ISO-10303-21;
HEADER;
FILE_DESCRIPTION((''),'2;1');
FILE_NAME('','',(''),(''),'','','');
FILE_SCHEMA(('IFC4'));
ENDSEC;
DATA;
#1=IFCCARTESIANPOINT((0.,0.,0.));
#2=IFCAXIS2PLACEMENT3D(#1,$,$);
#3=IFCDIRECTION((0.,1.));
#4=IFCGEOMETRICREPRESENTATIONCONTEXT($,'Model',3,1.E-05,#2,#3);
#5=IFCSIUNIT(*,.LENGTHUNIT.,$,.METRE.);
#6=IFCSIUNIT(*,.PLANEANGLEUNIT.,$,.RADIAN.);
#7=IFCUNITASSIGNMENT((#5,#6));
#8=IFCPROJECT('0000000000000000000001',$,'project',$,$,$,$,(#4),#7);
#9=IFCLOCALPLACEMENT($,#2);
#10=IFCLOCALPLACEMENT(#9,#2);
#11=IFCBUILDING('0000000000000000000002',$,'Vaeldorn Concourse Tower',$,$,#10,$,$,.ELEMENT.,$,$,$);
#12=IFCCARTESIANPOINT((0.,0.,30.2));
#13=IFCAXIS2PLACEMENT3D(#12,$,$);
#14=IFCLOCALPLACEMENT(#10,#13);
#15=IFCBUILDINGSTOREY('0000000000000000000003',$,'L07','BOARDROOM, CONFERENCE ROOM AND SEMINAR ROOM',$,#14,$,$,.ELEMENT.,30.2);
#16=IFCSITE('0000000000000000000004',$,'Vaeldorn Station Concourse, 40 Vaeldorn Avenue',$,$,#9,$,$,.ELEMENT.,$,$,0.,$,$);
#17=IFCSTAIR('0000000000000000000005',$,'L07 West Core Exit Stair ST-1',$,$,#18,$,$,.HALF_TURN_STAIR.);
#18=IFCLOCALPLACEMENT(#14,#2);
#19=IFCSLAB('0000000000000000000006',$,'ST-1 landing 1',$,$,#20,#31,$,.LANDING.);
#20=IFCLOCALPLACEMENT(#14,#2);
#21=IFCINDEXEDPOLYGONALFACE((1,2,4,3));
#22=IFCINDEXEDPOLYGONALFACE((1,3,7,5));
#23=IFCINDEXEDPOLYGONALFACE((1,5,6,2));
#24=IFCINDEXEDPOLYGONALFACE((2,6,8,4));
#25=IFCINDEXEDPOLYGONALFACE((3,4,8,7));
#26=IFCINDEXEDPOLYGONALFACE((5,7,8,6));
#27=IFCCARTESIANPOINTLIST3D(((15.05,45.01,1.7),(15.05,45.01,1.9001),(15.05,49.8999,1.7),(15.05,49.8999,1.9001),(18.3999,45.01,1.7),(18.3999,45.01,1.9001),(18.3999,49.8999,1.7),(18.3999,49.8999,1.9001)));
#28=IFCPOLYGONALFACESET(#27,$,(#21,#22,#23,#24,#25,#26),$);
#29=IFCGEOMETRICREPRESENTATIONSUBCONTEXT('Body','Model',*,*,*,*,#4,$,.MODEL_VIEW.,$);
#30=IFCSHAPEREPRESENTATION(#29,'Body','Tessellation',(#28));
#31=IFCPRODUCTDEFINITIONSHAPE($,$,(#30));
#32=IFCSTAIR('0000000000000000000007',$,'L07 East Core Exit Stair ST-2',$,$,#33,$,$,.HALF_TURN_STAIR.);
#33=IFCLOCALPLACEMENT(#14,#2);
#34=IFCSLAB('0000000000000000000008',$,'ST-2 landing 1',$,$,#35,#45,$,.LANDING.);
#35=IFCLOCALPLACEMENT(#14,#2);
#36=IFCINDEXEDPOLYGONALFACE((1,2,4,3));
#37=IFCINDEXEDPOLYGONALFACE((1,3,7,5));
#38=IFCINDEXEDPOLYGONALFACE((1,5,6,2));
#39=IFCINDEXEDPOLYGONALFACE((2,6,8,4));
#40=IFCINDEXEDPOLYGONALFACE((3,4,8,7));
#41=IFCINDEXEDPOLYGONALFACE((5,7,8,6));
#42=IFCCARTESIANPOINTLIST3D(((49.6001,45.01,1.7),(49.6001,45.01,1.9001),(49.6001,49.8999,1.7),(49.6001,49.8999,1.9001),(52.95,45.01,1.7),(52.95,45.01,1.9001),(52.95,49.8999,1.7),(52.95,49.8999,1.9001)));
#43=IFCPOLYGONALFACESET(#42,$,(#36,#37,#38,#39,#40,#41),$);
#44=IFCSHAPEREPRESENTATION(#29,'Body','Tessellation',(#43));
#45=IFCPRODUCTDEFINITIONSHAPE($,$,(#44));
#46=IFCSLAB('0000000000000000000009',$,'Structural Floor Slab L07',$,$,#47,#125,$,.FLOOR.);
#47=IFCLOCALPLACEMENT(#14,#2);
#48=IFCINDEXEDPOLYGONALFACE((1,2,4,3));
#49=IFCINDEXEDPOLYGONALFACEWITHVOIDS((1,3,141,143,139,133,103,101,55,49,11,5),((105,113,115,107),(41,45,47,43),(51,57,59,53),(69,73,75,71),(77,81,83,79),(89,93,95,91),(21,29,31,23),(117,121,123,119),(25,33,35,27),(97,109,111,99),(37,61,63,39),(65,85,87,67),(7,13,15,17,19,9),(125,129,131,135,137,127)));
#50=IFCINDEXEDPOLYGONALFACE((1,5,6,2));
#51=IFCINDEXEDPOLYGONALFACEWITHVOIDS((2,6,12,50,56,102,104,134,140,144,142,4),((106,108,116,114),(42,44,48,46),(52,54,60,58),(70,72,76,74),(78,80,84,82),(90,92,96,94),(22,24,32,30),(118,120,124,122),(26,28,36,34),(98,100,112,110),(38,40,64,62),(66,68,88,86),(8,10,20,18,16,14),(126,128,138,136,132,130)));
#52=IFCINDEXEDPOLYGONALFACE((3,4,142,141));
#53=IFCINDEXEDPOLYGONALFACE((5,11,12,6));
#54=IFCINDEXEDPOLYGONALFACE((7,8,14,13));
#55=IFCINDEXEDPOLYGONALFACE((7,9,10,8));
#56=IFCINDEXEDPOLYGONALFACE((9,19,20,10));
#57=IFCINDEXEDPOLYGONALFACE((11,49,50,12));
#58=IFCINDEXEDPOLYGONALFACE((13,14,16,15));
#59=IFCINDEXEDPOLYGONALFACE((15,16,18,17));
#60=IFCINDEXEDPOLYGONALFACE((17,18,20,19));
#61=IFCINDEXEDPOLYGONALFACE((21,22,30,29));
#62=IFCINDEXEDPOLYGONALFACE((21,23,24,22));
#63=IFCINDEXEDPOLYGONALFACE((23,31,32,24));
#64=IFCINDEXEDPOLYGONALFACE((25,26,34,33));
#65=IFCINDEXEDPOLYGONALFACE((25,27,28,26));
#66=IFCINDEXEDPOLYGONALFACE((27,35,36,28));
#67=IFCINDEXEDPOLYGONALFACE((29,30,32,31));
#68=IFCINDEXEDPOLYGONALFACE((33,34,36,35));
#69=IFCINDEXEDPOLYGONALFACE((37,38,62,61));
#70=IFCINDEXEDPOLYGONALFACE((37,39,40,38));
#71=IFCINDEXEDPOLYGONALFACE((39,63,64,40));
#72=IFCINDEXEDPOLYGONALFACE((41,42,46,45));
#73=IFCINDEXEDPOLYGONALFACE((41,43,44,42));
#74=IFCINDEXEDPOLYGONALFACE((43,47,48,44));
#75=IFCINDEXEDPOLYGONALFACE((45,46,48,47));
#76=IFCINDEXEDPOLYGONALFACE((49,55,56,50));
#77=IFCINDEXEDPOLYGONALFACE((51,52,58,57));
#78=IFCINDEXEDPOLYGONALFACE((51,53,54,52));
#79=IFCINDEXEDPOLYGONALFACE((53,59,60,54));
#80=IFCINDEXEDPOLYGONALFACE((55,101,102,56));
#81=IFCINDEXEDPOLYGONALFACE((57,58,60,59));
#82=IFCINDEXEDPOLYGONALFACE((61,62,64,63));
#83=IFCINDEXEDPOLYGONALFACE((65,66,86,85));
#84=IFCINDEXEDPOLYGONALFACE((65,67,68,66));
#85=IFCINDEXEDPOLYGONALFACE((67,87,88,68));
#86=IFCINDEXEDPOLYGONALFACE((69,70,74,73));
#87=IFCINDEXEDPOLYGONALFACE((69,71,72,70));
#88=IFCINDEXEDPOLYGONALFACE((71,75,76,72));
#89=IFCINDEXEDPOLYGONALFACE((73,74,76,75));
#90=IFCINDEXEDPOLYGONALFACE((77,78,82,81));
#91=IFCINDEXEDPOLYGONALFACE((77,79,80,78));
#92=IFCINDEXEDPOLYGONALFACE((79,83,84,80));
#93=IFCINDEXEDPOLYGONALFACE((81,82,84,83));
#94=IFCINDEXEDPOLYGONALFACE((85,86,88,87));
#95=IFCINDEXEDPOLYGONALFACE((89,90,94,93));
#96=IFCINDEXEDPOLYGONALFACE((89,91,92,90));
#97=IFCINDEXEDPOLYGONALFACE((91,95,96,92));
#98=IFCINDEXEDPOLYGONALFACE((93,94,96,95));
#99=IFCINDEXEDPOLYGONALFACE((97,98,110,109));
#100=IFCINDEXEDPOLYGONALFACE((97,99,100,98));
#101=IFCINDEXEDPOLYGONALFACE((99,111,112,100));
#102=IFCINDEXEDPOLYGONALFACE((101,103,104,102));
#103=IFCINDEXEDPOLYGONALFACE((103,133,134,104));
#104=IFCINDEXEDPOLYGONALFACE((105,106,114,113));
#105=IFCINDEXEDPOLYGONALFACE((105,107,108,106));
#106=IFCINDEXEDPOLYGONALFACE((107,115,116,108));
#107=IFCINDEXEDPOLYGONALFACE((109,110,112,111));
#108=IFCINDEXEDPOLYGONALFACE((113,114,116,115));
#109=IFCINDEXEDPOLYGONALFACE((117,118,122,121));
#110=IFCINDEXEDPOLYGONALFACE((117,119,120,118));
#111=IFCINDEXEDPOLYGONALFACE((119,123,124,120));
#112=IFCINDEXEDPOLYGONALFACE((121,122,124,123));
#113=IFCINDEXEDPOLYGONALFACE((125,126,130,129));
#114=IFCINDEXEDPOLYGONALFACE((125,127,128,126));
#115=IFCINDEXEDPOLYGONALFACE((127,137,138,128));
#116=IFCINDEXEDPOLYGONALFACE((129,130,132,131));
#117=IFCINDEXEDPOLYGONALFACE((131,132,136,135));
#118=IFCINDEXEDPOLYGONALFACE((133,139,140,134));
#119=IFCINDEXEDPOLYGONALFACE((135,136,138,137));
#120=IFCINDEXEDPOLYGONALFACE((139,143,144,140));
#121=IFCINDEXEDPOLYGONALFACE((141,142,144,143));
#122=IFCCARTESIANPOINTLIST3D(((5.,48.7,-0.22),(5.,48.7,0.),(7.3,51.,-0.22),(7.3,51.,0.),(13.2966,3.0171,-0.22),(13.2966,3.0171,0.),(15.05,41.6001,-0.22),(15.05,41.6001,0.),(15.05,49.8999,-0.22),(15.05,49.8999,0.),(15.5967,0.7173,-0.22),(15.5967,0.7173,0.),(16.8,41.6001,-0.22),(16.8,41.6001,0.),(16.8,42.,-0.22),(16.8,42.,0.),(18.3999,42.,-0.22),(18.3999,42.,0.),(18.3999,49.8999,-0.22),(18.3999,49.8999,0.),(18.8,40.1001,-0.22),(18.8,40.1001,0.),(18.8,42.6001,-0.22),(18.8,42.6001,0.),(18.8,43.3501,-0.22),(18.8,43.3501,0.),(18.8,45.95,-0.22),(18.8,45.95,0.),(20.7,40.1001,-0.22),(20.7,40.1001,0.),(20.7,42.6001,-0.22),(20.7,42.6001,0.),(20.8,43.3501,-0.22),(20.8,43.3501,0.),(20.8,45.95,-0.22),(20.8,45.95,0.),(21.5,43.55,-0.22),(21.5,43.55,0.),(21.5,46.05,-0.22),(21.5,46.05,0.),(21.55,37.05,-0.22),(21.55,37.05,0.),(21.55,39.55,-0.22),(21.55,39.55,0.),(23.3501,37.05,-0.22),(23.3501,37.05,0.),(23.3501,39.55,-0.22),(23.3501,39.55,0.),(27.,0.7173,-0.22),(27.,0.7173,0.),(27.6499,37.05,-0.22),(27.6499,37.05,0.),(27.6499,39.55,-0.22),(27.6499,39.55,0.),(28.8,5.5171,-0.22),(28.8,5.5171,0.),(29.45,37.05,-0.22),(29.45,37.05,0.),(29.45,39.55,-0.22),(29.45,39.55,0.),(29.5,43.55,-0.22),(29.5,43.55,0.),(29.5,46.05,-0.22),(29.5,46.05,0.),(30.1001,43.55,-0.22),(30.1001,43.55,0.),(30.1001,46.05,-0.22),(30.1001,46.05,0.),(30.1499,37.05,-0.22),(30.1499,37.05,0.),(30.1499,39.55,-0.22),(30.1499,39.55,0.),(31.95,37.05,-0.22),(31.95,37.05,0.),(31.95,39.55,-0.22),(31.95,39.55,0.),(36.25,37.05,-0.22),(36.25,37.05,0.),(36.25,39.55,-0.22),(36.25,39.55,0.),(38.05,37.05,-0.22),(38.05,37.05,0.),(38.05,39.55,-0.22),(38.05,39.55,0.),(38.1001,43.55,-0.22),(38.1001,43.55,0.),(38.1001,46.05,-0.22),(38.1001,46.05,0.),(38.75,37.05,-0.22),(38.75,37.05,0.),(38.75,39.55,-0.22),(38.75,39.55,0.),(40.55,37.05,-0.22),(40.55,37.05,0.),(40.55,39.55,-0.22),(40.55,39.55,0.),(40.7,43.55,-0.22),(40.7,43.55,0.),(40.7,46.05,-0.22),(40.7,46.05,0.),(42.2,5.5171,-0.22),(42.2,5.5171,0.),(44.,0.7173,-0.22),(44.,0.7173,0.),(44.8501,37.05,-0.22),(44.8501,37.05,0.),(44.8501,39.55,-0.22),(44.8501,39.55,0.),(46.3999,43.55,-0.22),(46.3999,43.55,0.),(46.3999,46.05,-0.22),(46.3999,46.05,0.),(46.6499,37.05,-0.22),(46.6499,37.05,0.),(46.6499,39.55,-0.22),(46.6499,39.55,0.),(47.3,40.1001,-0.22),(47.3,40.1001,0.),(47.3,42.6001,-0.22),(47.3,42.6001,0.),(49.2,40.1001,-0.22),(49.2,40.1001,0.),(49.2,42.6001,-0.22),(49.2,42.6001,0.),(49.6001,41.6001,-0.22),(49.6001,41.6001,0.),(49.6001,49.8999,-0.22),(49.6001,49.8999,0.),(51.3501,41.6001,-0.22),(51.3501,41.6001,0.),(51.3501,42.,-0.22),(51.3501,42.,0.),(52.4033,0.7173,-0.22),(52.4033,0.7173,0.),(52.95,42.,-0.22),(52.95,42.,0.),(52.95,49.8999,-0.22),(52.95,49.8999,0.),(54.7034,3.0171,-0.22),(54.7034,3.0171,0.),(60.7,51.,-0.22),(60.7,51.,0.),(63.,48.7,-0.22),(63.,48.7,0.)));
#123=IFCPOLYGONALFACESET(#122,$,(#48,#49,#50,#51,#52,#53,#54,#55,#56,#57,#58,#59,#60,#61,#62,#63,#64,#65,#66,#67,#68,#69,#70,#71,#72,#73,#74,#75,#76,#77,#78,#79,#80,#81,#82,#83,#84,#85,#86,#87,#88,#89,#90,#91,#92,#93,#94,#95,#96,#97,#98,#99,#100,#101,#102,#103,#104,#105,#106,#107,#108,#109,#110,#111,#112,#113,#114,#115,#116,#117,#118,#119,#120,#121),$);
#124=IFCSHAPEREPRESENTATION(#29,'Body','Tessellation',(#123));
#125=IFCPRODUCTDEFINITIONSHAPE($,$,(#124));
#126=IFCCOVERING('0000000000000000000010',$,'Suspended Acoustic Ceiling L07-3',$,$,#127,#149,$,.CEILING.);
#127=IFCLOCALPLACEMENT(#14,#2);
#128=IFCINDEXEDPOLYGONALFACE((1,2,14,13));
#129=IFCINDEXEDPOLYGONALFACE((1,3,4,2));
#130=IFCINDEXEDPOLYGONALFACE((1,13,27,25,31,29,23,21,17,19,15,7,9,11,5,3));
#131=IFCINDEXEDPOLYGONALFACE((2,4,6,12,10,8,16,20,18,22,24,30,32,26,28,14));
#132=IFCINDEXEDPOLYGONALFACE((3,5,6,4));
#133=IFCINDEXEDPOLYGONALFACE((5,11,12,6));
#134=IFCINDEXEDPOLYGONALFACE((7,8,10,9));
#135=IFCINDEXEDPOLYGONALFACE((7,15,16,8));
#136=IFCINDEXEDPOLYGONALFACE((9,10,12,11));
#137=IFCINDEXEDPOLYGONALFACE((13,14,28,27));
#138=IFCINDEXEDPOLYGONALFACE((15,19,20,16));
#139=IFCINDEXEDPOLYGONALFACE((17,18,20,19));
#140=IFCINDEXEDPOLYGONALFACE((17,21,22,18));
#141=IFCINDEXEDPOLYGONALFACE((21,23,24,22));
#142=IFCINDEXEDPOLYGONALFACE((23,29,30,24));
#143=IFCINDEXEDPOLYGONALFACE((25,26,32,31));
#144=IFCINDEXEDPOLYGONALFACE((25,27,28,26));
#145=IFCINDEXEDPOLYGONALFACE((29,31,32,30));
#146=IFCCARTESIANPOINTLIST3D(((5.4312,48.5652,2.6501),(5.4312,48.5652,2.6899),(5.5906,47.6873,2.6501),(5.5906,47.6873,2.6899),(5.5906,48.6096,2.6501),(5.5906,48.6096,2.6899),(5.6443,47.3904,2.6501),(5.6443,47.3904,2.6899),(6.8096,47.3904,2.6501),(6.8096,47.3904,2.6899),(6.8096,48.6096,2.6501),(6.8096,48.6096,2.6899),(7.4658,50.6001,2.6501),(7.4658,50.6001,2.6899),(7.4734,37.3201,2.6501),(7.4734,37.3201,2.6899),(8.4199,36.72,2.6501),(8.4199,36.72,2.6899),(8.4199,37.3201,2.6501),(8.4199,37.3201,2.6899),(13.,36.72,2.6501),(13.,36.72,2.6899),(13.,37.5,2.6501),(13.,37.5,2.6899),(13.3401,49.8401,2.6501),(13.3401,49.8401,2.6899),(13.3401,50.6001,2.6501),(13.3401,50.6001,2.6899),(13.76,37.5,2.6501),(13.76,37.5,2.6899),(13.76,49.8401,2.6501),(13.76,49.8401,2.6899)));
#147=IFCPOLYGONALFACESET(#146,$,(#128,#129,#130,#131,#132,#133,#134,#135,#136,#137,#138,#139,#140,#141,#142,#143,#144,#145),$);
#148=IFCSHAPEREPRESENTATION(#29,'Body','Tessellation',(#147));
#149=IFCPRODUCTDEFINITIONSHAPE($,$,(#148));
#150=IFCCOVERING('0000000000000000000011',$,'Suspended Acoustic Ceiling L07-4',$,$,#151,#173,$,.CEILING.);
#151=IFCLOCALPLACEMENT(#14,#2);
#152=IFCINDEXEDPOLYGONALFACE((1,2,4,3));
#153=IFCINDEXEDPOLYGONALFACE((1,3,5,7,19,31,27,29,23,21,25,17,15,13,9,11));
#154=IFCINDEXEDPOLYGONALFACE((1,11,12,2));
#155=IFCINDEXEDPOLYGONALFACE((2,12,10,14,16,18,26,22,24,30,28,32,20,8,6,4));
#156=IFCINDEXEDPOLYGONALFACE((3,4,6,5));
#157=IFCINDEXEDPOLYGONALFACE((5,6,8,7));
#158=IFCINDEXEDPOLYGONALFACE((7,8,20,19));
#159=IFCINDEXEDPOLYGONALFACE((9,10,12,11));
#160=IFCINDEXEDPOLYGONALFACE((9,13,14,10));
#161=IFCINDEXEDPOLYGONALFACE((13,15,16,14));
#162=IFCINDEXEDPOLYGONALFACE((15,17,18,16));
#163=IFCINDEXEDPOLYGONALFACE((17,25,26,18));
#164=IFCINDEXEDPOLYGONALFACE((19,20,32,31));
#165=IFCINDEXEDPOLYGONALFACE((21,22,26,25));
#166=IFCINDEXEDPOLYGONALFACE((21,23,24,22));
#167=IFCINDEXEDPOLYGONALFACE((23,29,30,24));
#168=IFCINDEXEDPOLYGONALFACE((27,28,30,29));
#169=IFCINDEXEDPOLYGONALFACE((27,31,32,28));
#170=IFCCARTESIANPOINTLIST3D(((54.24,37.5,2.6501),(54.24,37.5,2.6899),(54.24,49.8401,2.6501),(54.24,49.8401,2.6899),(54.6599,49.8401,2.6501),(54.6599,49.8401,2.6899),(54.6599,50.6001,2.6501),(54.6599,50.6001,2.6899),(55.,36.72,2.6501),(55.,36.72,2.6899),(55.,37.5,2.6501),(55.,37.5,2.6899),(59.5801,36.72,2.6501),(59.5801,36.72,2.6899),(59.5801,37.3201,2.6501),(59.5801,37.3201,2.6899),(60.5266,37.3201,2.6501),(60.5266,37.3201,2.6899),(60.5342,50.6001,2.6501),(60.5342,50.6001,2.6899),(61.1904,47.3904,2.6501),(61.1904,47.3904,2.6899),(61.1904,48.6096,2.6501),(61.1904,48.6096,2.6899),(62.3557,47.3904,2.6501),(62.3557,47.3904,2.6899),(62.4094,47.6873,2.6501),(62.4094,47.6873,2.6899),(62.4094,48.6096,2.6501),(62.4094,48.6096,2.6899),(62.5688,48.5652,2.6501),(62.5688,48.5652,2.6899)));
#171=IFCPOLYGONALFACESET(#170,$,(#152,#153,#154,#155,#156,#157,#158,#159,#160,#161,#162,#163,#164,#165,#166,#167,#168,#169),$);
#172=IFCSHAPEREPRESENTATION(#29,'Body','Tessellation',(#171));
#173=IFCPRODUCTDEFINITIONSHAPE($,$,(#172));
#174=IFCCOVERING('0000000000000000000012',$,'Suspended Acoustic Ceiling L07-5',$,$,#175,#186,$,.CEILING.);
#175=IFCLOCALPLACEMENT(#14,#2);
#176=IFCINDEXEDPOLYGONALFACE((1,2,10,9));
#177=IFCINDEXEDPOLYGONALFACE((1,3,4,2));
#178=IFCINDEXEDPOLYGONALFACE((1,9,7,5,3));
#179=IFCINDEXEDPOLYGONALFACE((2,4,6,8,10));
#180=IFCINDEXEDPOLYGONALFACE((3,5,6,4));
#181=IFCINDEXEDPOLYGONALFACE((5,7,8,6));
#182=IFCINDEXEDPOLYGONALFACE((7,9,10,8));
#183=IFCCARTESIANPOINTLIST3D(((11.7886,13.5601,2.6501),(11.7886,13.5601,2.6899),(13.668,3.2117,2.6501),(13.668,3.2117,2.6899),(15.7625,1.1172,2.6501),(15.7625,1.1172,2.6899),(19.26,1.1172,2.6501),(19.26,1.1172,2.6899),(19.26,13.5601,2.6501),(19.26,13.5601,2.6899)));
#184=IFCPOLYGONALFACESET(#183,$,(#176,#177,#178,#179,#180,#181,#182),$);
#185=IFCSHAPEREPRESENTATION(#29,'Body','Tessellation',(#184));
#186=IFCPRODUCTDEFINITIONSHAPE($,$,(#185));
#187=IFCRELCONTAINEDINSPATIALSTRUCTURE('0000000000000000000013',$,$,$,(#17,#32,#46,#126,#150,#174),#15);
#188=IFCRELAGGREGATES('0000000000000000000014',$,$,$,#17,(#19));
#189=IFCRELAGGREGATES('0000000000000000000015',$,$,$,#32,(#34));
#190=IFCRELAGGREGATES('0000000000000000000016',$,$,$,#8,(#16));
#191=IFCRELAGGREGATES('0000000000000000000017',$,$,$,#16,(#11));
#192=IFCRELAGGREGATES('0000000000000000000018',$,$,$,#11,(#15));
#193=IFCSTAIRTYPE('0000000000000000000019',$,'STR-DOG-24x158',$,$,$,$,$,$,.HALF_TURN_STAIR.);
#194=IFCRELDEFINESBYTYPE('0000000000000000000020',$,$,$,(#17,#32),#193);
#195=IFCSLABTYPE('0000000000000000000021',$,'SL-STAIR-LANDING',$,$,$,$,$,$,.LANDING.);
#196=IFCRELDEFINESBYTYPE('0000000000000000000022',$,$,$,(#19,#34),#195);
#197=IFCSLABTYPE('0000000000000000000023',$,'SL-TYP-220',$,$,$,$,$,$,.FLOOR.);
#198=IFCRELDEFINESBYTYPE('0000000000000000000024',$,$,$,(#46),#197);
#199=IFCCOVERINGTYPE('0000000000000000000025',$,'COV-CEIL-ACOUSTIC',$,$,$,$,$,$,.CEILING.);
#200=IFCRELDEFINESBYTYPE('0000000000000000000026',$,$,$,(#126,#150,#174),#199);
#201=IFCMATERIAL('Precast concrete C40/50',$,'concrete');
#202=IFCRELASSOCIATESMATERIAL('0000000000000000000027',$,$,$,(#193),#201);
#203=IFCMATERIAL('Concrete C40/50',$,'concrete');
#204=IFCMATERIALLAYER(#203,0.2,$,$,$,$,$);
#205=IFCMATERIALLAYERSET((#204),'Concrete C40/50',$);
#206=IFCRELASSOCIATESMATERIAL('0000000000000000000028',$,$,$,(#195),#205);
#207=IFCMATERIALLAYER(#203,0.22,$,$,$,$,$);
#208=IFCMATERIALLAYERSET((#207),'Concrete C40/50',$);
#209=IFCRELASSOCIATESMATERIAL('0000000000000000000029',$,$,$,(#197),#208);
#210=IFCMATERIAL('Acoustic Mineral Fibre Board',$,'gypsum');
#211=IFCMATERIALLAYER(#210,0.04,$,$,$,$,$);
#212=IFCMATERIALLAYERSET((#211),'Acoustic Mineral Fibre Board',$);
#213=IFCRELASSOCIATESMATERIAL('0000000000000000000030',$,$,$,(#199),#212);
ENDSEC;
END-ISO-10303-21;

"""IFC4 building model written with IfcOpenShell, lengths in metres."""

from ifc_helpers import new_model, si_unit, direction, frame, origin, place, context, subcontext, project, spatial, polyline, outline, extrude, material, layer, layer_set, type_object, element, aggregate, save


model = new_model("IFC4")

# Units and contexts
model_context = context("Model", 3, precision=1e-05, world=origin(), true_north=direction((0.0, 1.0)))
body_context = subcontext(model_context, "Body", "Model", "MODEL_VIEW")
ifc_project = project(units=[si_unit("LENGTHUNIT", "METRE"), si_unit("PLANEANGLEUNIT", "RADIAN")], contexts=[model_context])

# Site, building, storey
site_placement = place(None, origin())
site = spatial("IfcSite", under=ifc_project, at=site_placement, Name="Vaeldorn Station Concourse, 40 Vaeldorn Avenue", CompositionType="ELEMENT", RefElevation=0.0)
building_placement = place(site_placement, origin())
building = spatial("IfcBuilding", under=site, at=building_placement, Name="Vaeldorn Concourse Tower", CompositionType="ELEMENT")
storey_placement = place(building_placement, frame((0.0, 0.0, 30.2)))
storey = spatial("IfcBuildingStorey", under=building, at=storey_placement, Name="L07", Description="BOARDROOM, CONFERENCE ROOM AND SEMINAR ROOM", CompositionType="ELEMENT", Elevation=30.2)

# Stairs, slabs
ifc_material_1 = material(Name="Precast concrete C40/50", Category="concrete")
stair_type = type_object("IfcStairType", Name="STR-DOG-24x158", PredefinedType="HALF_TURN_STAIR", material=ifc_material_1)
stair_1_placement = place(storey_placement, origin())
stair_1 = element("IfcStair", 1, at=stair_1_placement, inside=storey, type_object=stair_type, Name="L07 West Core Exit Stair ST-1", PredefinedType="HALF_TURN_STAIR")
ifc_material_2 = material(Name="Concrete C40/50", Category="concrete")
ifc_layer_1 = layer(ifc_material_2, 0.2)
ifc_layer_set_1 = layer_set([ifc_layer_1], Name="Concrete C40/50")
slab_type_1 = type_object("IfcSlabType", Name="SL-STAIR-LANDING", PredefinedType="LANDING", material=ifc_layer_set_1)
slab_1_placement = place(storey_placement, frame((0.0, 0.0, 1.7)))
slab_1 = element("IfcSlab", 2, at=slab_1_placement, type_object=slab_type_1, Name="ST-1 landing 1", PredefinedType="LANDING", context=body_context, shape_type="SweptSolid", body=[
    extrude(outline(polyline([(18.3999, 45.01), (18.3999, 49.8999), (15.05, 49.8999), (15.05, 45.01), (18.3999, 45.01)])), origin(), (0.0, 0.0, 1.0), 0.2002),
])
aggregate(stair_1, [slab_1])
stair_2_placement = place(storey_placement, origin())
stair_2 = element("IfcStair", 3, at=stair_2_placement, inside=storey, type_object=stair_type, Name="L07 East Core Exit Stair ST-2", PredefinedType="HALF_TURN_STAIR")
slab_2_placement = place(storey_placement, frame((0.0, 0.0, 1.7)))
slab_2 = element("IfcSlab", 4, at=slab_2_placement, type_object=slab_type_1, Name="ST-2 landing 1", PredefinedType="LANDING", context=body_context, shape_type="SweptSolid", body=[
    extrude(outline(polyline([(52.95, 45.01), (52.95, 49.8999), (49.6001, 49.8999), (49.6001, 45.01), (52.95, 45.01)])), origin(), (0.0, 0.0, 1.0), 0.2002),
])
aggregate(stair_2, [slab_2])

# Slab
ifc_layer_2 = layer(ifc_material_2, 0.22)
ifc_layer_set_2 = layer_set([ifc_layer_2], Name="Concrete C40/50")
slab_type_2 = type_object("IfcSlabType", Name="SL-TYP-220", PredefinedType="FLOOR", material=ifc_layer_set_2)
slab_3_placement = place(storey_placement, frame((0.0, 0.0, -0.22)))
element("IfcSlab", 5, at=slab_3_placement, inside=storey, type_object=slab_type_2, Name="Structural Floor Slab L07", PredefinedType="FLOOR", context=body_context, shape_type="SweptSolid", body=[
    extrude(outline(polyline([(15.5967, 0.7173), (27.0, 0.7173), (28.8, 5.5171), (42.2, 5.5171), (44.0, 0.7173), (52.4033, 0.7173), (54.7034, 3.0171), (63.0, 48.7), (60.7, 51.0), (7.3, 51.0), (5.0, 48.7), (13.2966, 3.0171), (15.5967, 0.7173)]), holes=[polyline([(18.3999, 42.0), (18.3999, 49.8999), (15.05, 49.8999), (15.05, 41.6001), (16.8, 41.6001), (16.8, 42.0), (18.3999, 42.0)]), polyline([(52.95, 42.0), (52.95, 49.8999), (49.6001, 49.8999), (49.6001, 41.6001), (51.3501, 41.6001), (51.3501, 42.0), (52.95, 42.0)]), polyline([(21.55, 37.05), (23.3501, 37.05), (23.3501, 39.55), (21.55, 39.55), (21.55, 37.05)]), polyline([(27.6499, 37.05), (29.45, 37.05), (29.45, 39.55), (27.6499, 39.55), (27.6499, 37.05)]), polyline([(21.5, 43.55), (29.5, 43.55), (29.5, 46.05), (21.5, 46.05), (21.5, 43.55)]), polyline([(30.1499, 37.05), (31.95, 37.05), (31.95, 39.55), (30.1499, 39.55), (30.1499, 37.05)]), polyline([(36.25, 37.05), (38.05, 37.05), (38.05, 39.55), (36.25, 39.55), (36.25, 37.05)]), polyline([(30.1001, 43.55), (38.1001, 43.55), (38.1001, 46.05), (30.1001, 46.05), (30.1001, 43.55)]), polyline([(38.75, 37.05), (40.55, 37.05), (40.55, 39.55), (38.75, 39.55), (38.75, 37.05)]), polyline([(44.8501, 37.05), (46.6499, 37.05), (46.6499, 39.55), (44.8501, 39.55), (44.8501, 37.05)]), polyline([(40.7, 43.55), (46.3999, 43.55), (46.3999, 46.05), (40.7, 46.05), (40.7, 43.55)]), polyline([(18.8, 43.3501), (20.8, 43.3501), (20.8, 45.95), (18.8, 45.95), (18.8, 43.3501)]), polyline([(18.8, 40.1001), (20.7, 40.1001), (20.7, 42.6001), (18.8, 42.6001), (18.8, 40.1001)]), polyline([(47.3, 40.1001), (49.2, 40.1001), (49.2, 42.6001), (47.3, 42.6001), (47.3, 40.1001)])]), origin(), (0.0, 0.0, 1.0), 0.22),
])

# Coverings
ifc_material_3 = material(Name="Acoustic Mineral Fibre Board", Category="gypsum")
ifc_layer_3 = layer(ifc_material_3, 0.04)
ifc_layer_set_3 = layer_set([ifc_layer_3], Name="Acoustic Mineral Fibre Board")
covering_type_1 = type_object("IfcCoveringType", Name="COV-CEIL-ACOUSTIC", PredefinedType="CEILING", material=ifc_layer_set_3)
covering_1_placement = place(storey_placement, frame((0.0, 0.0, 2.6501)))
element("IfcCovering", 6, at=covering_1_placement, inside=storey, type_object=covering_type_1, Name="Suspended Acoustic Ceiling L07-3", PredefinedType="CEILING", context=body_context, shape_type="SweptSolid", body=[
    extrude(outline(polyline([(7.4658, 50.6001), (13.3401, 50.6001), (13.3401, 49.8401), (13.76, 49.8401), (13.76, 37.5), (13.0, 37.5), (13.0, 36.72), (8.4199, 36.72), (8.4199, 37.3201), (7.4734, 37.3201), (5.6443, 47.3904), (6.8096, 47.3904), (6.8096, 48.6096), (5.5906, 48.6096), (5.5906, 47.6873), (5.4312, 48.5652), (7.4658, 50.6001)])), origin(), (0.0, 0.0, 1.0), 0.0398),
])
covering_2_placement = place(storey_placement, frame((0.0, 0.0, 2.6501)))
element("IfcCovering", 7, at=covering_2_placement, inside=storey, type_object=covering_type_1, Name="Suspended Acoustic Ceiling L07-4", PredefinedType="CEILING", context=body_context, shape_type="SweptSolid", body=[
    extrude(outline(polyline([(54.6599, 49.8401), (54.6599, 50.6001), (60.5342, 50.6001), (62.5688, 48.5652), (62.4094, 47.6873), (62.4094, 48.6096), (61.1904, 48.6096), (61.1904, 47.3904), (62.3557, 47.3904), (60.5266, 37.3201), (59.5801, 37.3201), (59.5801, 36.72), (55.0, 36.72), (55.0, 37.5), (54.24, 37.5), (54.24, 49.8401), (54.6599, 49.8401)])), origin(), (0.0, 0.0, 1.0), 0.0398),
])
covering_3_placement = place(storey_placement, frame((0.0, 0.0, 2.6501)))
element("IfcCovering", 8, at=covering_3_placement, inside=storey, type_object=covering_type_1, Name="Suspended Acoustic Ceiling L07-5", PredefinedType="CEILING", context=body_context, shape_type="SweptSolid", body=[
    extrude(outline(polyline([(19.26, 13.5601), (19.26, 1.1172), (15.7625, 1.1172), (13.668, 3.2117), (11.7886, 13.5601), (19.26, 13.5601)])), origin(), (0.0, 0.0, 1.0), 0.0398),
])

save(model, "model.ifc")
